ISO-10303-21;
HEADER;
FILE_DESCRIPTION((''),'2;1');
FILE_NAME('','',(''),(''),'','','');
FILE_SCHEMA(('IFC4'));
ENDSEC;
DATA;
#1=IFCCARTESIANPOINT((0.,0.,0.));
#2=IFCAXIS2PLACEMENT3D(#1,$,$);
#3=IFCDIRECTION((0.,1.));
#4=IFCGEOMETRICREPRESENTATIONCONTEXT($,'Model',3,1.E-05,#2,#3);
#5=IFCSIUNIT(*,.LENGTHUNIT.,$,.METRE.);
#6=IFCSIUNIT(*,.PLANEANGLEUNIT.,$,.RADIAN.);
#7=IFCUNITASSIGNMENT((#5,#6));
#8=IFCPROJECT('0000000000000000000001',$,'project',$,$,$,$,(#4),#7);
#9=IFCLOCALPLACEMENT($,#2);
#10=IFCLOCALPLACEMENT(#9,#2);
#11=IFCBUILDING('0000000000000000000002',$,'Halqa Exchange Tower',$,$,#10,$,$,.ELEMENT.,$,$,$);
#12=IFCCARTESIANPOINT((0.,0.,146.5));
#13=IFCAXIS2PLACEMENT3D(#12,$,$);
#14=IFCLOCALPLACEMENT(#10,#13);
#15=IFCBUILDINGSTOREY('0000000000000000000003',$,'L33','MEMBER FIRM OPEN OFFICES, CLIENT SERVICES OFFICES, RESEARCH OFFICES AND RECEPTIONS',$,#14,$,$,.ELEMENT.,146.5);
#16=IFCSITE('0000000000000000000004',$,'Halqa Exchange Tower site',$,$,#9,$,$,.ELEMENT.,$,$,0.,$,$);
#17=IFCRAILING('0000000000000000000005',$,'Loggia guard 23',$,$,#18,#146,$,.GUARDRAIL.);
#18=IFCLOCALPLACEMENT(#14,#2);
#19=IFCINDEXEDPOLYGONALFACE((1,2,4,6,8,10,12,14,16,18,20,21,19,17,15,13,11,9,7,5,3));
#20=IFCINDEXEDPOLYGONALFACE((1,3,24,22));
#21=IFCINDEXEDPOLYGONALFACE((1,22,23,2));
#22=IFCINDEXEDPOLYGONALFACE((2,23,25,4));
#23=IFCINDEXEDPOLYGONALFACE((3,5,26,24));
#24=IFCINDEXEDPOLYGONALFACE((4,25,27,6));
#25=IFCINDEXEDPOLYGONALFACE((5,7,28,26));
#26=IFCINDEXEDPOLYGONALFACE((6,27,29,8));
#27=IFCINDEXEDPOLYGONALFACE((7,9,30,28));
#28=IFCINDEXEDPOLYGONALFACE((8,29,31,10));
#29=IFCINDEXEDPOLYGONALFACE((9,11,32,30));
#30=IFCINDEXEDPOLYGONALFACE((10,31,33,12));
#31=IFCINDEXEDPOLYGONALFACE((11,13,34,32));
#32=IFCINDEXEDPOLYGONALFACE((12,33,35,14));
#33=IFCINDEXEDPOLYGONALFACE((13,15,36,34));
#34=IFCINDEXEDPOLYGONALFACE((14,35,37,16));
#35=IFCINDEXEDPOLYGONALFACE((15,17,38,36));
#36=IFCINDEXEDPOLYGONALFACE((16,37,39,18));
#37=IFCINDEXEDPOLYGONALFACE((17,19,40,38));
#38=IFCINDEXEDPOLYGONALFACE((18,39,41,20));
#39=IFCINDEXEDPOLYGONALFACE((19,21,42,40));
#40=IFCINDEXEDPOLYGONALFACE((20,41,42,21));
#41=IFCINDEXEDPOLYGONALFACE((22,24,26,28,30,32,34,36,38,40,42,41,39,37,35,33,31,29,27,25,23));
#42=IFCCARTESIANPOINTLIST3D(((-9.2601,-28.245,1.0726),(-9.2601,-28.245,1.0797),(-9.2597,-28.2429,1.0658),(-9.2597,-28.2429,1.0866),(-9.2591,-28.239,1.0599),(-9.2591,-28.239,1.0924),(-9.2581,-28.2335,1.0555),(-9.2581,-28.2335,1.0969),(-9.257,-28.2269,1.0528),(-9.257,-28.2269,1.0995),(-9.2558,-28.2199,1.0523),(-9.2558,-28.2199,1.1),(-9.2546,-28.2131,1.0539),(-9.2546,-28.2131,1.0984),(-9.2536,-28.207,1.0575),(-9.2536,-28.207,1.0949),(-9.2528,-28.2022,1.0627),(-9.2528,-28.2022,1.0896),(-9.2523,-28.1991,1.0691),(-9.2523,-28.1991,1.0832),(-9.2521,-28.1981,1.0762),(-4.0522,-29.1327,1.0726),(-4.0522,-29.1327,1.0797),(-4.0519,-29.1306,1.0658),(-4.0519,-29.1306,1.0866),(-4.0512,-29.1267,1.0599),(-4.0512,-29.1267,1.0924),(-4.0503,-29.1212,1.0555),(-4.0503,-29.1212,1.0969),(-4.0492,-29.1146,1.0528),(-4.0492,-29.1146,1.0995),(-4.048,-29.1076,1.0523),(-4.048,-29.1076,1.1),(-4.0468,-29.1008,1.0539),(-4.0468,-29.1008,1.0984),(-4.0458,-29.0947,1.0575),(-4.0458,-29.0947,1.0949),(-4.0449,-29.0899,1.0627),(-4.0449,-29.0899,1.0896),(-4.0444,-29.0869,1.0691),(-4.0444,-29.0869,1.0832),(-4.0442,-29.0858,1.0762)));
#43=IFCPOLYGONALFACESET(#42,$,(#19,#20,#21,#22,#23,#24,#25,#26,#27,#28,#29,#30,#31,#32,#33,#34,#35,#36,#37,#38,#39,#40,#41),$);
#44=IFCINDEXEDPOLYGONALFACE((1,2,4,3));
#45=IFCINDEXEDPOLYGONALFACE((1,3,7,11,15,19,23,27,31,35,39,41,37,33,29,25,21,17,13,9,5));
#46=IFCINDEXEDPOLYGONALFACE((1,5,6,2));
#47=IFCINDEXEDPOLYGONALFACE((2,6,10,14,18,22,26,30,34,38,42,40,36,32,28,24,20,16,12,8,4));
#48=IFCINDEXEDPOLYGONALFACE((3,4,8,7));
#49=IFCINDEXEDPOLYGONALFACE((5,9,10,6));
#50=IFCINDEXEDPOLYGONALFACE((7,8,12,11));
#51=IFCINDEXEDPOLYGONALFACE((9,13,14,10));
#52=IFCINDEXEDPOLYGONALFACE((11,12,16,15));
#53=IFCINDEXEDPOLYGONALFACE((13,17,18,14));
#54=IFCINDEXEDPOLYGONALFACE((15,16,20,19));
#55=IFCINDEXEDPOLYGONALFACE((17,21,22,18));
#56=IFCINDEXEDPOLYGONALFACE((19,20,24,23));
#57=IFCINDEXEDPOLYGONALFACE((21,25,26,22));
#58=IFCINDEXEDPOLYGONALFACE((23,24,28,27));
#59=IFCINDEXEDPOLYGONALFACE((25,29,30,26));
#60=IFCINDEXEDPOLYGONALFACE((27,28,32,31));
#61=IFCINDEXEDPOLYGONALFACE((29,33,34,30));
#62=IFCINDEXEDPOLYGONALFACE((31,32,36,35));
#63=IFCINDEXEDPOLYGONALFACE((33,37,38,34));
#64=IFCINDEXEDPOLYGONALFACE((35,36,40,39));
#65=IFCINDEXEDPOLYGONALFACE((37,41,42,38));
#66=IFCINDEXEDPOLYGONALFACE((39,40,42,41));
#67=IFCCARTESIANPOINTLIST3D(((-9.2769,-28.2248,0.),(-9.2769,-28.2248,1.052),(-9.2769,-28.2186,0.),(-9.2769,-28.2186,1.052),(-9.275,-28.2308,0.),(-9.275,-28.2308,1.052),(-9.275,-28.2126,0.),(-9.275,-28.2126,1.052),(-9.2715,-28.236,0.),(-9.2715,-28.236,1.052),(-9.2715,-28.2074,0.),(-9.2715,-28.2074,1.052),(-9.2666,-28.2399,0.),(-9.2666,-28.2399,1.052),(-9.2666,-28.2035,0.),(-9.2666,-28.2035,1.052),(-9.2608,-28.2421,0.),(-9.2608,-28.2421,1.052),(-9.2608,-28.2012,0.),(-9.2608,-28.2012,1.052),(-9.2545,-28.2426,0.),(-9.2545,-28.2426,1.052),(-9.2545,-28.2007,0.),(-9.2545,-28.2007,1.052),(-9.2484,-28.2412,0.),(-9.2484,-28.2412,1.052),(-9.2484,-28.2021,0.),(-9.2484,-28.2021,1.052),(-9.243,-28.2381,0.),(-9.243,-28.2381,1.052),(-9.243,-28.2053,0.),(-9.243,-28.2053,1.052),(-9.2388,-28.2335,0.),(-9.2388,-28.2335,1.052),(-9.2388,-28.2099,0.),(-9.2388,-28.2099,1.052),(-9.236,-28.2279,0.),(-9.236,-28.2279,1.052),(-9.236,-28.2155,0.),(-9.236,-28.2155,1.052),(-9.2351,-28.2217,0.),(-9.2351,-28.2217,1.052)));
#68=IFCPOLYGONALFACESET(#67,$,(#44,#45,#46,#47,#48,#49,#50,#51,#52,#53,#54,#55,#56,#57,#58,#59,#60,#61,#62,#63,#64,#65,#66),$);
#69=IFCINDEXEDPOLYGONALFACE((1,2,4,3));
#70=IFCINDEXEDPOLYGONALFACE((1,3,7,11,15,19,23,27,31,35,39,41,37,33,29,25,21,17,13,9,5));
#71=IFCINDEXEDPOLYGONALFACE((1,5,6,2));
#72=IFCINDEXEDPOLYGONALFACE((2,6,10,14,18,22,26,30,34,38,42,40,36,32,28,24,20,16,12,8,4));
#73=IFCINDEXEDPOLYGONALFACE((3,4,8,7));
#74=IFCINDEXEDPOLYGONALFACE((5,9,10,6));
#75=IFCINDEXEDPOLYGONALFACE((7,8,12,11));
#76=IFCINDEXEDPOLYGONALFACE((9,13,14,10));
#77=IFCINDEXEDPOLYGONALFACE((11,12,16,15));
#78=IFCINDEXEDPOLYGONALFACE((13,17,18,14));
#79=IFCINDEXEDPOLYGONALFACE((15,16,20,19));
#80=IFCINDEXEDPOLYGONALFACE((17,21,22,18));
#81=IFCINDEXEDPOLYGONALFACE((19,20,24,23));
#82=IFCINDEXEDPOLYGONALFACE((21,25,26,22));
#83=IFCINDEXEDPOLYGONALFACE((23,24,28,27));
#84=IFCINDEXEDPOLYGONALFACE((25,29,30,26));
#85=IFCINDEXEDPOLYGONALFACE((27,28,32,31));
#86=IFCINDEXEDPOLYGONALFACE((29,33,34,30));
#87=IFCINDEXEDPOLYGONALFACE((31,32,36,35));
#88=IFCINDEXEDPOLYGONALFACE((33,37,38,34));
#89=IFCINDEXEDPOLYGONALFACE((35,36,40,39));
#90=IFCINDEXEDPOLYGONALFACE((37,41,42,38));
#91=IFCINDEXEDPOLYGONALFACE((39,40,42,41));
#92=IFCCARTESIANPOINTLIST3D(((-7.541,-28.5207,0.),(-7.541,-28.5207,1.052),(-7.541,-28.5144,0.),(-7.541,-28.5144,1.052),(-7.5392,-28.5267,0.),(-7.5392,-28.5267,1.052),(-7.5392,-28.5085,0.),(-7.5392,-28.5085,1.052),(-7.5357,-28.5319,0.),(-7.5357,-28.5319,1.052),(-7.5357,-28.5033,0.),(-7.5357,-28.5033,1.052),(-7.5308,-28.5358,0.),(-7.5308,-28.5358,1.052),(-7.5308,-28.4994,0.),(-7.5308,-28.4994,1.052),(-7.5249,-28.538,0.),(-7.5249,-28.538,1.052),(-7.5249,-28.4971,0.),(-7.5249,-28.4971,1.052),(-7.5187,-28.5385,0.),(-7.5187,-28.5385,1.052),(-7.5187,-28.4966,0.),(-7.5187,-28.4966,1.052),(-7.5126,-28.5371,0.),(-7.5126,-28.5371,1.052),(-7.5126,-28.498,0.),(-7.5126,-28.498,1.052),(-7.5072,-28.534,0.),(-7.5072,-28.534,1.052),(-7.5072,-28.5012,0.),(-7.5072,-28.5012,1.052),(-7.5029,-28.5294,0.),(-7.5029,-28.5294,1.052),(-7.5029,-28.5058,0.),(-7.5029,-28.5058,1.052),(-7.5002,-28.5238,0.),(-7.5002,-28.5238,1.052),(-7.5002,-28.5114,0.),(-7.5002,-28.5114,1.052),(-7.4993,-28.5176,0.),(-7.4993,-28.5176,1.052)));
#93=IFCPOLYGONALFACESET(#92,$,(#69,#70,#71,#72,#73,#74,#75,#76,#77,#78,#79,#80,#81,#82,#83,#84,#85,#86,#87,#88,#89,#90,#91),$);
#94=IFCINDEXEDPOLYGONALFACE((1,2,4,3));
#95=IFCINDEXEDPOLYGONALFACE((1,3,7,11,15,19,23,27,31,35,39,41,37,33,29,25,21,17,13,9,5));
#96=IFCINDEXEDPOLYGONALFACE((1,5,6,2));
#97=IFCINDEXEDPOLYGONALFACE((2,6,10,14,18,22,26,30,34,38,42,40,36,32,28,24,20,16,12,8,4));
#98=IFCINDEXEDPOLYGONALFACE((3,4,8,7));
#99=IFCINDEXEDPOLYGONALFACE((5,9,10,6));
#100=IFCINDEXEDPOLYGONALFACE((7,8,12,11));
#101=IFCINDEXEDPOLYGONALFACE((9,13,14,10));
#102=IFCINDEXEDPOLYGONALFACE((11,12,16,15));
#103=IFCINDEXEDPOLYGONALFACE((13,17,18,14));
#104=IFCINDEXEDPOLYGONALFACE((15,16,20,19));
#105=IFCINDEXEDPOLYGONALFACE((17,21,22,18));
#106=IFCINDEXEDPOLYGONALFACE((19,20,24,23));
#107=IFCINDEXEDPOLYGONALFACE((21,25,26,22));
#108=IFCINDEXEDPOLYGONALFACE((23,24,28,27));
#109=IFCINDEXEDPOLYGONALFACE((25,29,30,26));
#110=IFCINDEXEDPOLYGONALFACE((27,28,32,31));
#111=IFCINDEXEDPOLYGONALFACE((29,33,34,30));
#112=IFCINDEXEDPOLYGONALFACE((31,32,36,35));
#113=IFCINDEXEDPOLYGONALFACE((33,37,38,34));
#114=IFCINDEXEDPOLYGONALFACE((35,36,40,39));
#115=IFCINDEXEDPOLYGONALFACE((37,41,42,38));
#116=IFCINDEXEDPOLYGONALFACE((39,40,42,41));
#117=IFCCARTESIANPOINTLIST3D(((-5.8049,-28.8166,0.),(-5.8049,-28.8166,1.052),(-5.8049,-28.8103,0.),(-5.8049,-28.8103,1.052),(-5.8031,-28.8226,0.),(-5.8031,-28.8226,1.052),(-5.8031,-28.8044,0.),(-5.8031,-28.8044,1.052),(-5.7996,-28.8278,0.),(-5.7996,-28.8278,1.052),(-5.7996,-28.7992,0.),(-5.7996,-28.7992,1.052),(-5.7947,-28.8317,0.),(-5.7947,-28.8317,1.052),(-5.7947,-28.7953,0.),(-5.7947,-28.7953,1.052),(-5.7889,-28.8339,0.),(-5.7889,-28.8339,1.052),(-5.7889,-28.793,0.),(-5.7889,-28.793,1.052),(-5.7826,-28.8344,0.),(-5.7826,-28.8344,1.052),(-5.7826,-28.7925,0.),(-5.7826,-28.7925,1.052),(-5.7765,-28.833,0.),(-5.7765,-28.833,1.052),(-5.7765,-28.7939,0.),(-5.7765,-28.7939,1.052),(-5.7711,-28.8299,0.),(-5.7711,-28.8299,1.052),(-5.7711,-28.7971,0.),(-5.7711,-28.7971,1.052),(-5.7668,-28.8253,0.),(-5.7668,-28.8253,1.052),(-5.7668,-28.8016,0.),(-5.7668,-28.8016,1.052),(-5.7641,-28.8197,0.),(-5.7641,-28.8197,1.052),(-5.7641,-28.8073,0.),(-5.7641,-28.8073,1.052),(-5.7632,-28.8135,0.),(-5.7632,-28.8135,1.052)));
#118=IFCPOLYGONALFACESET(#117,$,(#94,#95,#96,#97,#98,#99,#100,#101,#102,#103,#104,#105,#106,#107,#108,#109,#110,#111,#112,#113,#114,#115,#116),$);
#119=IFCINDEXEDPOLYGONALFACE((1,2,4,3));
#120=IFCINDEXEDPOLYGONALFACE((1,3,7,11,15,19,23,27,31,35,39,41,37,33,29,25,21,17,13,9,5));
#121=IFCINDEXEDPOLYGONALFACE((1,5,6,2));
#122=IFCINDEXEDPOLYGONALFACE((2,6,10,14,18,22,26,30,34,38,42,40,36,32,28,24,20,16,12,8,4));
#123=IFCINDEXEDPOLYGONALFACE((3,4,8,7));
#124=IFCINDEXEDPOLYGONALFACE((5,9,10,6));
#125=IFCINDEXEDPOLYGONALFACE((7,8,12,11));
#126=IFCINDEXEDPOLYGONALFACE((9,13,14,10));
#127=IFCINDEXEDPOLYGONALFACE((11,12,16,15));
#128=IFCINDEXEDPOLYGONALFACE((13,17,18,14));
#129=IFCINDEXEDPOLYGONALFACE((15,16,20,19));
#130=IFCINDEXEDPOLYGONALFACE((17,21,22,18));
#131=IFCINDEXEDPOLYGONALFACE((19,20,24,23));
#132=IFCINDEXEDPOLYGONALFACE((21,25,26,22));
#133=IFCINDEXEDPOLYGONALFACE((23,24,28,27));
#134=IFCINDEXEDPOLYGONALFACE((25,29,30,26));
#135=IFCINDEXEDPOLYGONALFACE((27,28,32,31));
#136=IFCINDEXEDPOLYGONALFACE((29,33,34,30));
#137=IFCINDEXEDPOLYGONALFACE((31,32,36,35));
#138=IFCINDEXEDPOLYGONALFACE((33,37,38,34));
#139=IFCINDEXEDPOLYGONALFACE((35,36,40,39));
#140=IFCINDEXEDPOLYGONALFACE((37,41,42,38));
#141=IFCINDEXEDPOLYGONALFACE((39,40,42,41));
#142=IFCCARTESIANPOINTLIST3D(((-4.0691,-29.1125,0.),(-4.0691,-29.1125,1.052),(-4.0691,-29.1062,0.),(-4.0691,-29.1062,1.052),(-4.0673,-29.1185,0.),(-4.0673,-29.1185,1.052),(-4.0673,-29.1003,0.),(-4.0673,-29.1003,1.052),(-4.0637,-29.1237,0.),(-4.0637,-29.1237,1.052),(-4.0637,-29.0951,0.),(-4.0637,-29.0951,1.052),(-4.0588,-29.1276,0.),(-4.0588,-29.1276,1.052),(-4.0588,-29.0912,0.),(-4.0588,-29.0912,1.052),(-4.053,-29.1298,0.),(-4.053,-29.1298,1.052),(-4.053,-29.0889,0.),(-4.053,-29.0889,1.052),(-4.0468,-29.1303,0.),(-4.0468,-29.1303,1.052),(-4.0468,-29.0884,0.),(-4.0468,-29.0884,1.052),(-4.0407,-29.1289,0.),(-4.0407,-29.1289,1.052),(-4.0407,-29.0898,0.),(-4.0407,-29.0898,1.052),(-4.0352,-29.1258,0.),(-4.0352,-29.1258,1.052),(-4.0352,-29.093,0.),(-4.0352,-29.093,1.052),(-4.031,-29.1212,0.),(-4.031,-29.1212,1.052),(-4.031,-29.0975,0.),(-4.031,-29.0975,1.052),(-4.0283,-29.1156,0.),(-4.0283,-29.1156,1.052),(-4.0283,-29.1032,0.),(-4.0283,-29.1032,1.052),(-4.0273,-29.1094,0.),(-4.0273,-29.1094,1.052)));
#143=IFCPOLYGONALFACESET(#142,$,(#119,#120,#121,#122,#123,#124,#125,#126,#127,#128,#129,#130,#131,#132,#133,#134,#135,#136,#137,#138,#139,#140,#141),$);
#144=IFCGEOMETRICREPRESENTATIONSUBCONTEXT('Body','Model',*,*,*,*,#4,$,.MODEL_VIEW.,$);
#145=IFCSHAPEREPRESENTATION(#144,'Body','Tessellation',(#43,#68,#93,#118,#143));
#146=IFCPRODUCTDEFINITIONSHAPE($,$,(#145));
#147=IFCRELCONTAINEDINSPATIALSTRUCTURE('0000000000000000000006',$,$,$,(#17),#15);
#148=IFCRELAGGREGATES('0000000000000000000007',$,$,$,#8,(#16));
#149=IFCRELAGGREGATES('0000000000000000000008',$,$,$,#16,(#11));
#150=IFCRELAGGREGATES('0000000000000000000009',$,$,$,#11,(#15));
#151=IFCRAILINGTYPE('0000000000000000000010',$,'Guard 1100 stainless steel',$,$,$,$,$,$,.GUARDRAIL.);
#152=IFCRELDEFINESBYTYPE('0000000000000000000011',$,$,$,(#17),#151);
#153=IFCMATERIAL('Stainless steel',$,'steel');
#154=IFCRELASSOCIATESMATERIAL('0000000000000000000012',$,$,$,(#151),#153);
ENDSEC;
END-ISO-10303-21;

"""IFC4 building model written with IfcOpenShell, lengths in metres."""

from ifc_helpers import new_model, si_unit, direction, frame, origin, origin_2d, place, context, subcontext, project, spatial, circle, extrude, material, type_object, element, save


model = new_model("IFC4")

# Units and contexts
model_context = context("Model", 3, precision=1e-05, world=origin(), true_north=direction((0.0, 1.0)))
body_context = subcontext(model_context, "Body", "Model", "MODEL_VIEW")
ifc_project = project(units=[si_unit("LENGTHUNIT", "METRE"), si_unit("PLANEANGLEUNIT", "RADIAN")], contexts=[model_context])

# Site, building, storey
site_placement = place(None, origin())
site = spatial("IfcSite", under=ifc_project, at=site_placement, Name="Halqa Exchange Tower site", CompositionType="ELEMENT", RefElevation=0.0)
building_placement = place(site_placement, origin())
building = spatial("IfcBuilding", under=site, at=building_placement, Name="Halqa Exchange Tower", CompositionType="ELEMENT")
storey_placement = place(building_placement, frame((0.0, 0.0, 146.5)))
storey = spatial("IfcBuildingStorey", under=building, at=storey_placement, Name="L33", Description="MEMBER FIRM OPEN OFFICES, CLIENT SERVICES OFFICES, RESEARCH OFFICES AND RECEPTIONS", CompositionType="ELEMENT", Elevation=146.5)

# Railing
ifc_material_1 = material(Name="Stainless steel", Category="steel")
railing_type = type_object("IfcRailingType", Name="Guard 1100 stainless steel", PredefinedType="GUARDRAIL", material=ifc_material_1)
railing_1_placement = place(storey_placement, frame((-9.2561, -28.2217, 0.0)))
element("IfcRailing", 1, at=railing_1_placement, inside=storey, type_object=railing_type, Name="Loggia guard 23", PredefinedType="GUARDRAIL", context=body_context, shape_type="SweptSolid", body=[
    extrude(circle(Radius=0.0239, at=origin_2d()), frame((0.0, 0.0, 1.0762), z_axis=(0.985781, -0.168033, 0.0), x_axis=(0.168033, 0.985781, 0.0)), (0.0, 0.0, 1.0), 5.283),
    extrude(circle(Radius=0.021, at=origin_2d()), origin(), (0.0, 0.0, 1.0), 1.052),
    extrude(circle(Radius=0.021, at=origin_2d()), frame((1.7358, -0.2959, 0.0)), (0.0, 0.0, 1.0), 1.052),
    extrude(circle(Radius=0.021, at=origin_2d()), frame((3.4719, -0.5918, 0.0)), (0.0, 0.0, 1.0), 1.052),
    extrude(circle(Radius=0.021, at=origin_2d()), frame((5.2078, -0.8877, 0.0)), (0.0, 0.0, 1.0), 1.052),
])

save(model, "model.ifc")
